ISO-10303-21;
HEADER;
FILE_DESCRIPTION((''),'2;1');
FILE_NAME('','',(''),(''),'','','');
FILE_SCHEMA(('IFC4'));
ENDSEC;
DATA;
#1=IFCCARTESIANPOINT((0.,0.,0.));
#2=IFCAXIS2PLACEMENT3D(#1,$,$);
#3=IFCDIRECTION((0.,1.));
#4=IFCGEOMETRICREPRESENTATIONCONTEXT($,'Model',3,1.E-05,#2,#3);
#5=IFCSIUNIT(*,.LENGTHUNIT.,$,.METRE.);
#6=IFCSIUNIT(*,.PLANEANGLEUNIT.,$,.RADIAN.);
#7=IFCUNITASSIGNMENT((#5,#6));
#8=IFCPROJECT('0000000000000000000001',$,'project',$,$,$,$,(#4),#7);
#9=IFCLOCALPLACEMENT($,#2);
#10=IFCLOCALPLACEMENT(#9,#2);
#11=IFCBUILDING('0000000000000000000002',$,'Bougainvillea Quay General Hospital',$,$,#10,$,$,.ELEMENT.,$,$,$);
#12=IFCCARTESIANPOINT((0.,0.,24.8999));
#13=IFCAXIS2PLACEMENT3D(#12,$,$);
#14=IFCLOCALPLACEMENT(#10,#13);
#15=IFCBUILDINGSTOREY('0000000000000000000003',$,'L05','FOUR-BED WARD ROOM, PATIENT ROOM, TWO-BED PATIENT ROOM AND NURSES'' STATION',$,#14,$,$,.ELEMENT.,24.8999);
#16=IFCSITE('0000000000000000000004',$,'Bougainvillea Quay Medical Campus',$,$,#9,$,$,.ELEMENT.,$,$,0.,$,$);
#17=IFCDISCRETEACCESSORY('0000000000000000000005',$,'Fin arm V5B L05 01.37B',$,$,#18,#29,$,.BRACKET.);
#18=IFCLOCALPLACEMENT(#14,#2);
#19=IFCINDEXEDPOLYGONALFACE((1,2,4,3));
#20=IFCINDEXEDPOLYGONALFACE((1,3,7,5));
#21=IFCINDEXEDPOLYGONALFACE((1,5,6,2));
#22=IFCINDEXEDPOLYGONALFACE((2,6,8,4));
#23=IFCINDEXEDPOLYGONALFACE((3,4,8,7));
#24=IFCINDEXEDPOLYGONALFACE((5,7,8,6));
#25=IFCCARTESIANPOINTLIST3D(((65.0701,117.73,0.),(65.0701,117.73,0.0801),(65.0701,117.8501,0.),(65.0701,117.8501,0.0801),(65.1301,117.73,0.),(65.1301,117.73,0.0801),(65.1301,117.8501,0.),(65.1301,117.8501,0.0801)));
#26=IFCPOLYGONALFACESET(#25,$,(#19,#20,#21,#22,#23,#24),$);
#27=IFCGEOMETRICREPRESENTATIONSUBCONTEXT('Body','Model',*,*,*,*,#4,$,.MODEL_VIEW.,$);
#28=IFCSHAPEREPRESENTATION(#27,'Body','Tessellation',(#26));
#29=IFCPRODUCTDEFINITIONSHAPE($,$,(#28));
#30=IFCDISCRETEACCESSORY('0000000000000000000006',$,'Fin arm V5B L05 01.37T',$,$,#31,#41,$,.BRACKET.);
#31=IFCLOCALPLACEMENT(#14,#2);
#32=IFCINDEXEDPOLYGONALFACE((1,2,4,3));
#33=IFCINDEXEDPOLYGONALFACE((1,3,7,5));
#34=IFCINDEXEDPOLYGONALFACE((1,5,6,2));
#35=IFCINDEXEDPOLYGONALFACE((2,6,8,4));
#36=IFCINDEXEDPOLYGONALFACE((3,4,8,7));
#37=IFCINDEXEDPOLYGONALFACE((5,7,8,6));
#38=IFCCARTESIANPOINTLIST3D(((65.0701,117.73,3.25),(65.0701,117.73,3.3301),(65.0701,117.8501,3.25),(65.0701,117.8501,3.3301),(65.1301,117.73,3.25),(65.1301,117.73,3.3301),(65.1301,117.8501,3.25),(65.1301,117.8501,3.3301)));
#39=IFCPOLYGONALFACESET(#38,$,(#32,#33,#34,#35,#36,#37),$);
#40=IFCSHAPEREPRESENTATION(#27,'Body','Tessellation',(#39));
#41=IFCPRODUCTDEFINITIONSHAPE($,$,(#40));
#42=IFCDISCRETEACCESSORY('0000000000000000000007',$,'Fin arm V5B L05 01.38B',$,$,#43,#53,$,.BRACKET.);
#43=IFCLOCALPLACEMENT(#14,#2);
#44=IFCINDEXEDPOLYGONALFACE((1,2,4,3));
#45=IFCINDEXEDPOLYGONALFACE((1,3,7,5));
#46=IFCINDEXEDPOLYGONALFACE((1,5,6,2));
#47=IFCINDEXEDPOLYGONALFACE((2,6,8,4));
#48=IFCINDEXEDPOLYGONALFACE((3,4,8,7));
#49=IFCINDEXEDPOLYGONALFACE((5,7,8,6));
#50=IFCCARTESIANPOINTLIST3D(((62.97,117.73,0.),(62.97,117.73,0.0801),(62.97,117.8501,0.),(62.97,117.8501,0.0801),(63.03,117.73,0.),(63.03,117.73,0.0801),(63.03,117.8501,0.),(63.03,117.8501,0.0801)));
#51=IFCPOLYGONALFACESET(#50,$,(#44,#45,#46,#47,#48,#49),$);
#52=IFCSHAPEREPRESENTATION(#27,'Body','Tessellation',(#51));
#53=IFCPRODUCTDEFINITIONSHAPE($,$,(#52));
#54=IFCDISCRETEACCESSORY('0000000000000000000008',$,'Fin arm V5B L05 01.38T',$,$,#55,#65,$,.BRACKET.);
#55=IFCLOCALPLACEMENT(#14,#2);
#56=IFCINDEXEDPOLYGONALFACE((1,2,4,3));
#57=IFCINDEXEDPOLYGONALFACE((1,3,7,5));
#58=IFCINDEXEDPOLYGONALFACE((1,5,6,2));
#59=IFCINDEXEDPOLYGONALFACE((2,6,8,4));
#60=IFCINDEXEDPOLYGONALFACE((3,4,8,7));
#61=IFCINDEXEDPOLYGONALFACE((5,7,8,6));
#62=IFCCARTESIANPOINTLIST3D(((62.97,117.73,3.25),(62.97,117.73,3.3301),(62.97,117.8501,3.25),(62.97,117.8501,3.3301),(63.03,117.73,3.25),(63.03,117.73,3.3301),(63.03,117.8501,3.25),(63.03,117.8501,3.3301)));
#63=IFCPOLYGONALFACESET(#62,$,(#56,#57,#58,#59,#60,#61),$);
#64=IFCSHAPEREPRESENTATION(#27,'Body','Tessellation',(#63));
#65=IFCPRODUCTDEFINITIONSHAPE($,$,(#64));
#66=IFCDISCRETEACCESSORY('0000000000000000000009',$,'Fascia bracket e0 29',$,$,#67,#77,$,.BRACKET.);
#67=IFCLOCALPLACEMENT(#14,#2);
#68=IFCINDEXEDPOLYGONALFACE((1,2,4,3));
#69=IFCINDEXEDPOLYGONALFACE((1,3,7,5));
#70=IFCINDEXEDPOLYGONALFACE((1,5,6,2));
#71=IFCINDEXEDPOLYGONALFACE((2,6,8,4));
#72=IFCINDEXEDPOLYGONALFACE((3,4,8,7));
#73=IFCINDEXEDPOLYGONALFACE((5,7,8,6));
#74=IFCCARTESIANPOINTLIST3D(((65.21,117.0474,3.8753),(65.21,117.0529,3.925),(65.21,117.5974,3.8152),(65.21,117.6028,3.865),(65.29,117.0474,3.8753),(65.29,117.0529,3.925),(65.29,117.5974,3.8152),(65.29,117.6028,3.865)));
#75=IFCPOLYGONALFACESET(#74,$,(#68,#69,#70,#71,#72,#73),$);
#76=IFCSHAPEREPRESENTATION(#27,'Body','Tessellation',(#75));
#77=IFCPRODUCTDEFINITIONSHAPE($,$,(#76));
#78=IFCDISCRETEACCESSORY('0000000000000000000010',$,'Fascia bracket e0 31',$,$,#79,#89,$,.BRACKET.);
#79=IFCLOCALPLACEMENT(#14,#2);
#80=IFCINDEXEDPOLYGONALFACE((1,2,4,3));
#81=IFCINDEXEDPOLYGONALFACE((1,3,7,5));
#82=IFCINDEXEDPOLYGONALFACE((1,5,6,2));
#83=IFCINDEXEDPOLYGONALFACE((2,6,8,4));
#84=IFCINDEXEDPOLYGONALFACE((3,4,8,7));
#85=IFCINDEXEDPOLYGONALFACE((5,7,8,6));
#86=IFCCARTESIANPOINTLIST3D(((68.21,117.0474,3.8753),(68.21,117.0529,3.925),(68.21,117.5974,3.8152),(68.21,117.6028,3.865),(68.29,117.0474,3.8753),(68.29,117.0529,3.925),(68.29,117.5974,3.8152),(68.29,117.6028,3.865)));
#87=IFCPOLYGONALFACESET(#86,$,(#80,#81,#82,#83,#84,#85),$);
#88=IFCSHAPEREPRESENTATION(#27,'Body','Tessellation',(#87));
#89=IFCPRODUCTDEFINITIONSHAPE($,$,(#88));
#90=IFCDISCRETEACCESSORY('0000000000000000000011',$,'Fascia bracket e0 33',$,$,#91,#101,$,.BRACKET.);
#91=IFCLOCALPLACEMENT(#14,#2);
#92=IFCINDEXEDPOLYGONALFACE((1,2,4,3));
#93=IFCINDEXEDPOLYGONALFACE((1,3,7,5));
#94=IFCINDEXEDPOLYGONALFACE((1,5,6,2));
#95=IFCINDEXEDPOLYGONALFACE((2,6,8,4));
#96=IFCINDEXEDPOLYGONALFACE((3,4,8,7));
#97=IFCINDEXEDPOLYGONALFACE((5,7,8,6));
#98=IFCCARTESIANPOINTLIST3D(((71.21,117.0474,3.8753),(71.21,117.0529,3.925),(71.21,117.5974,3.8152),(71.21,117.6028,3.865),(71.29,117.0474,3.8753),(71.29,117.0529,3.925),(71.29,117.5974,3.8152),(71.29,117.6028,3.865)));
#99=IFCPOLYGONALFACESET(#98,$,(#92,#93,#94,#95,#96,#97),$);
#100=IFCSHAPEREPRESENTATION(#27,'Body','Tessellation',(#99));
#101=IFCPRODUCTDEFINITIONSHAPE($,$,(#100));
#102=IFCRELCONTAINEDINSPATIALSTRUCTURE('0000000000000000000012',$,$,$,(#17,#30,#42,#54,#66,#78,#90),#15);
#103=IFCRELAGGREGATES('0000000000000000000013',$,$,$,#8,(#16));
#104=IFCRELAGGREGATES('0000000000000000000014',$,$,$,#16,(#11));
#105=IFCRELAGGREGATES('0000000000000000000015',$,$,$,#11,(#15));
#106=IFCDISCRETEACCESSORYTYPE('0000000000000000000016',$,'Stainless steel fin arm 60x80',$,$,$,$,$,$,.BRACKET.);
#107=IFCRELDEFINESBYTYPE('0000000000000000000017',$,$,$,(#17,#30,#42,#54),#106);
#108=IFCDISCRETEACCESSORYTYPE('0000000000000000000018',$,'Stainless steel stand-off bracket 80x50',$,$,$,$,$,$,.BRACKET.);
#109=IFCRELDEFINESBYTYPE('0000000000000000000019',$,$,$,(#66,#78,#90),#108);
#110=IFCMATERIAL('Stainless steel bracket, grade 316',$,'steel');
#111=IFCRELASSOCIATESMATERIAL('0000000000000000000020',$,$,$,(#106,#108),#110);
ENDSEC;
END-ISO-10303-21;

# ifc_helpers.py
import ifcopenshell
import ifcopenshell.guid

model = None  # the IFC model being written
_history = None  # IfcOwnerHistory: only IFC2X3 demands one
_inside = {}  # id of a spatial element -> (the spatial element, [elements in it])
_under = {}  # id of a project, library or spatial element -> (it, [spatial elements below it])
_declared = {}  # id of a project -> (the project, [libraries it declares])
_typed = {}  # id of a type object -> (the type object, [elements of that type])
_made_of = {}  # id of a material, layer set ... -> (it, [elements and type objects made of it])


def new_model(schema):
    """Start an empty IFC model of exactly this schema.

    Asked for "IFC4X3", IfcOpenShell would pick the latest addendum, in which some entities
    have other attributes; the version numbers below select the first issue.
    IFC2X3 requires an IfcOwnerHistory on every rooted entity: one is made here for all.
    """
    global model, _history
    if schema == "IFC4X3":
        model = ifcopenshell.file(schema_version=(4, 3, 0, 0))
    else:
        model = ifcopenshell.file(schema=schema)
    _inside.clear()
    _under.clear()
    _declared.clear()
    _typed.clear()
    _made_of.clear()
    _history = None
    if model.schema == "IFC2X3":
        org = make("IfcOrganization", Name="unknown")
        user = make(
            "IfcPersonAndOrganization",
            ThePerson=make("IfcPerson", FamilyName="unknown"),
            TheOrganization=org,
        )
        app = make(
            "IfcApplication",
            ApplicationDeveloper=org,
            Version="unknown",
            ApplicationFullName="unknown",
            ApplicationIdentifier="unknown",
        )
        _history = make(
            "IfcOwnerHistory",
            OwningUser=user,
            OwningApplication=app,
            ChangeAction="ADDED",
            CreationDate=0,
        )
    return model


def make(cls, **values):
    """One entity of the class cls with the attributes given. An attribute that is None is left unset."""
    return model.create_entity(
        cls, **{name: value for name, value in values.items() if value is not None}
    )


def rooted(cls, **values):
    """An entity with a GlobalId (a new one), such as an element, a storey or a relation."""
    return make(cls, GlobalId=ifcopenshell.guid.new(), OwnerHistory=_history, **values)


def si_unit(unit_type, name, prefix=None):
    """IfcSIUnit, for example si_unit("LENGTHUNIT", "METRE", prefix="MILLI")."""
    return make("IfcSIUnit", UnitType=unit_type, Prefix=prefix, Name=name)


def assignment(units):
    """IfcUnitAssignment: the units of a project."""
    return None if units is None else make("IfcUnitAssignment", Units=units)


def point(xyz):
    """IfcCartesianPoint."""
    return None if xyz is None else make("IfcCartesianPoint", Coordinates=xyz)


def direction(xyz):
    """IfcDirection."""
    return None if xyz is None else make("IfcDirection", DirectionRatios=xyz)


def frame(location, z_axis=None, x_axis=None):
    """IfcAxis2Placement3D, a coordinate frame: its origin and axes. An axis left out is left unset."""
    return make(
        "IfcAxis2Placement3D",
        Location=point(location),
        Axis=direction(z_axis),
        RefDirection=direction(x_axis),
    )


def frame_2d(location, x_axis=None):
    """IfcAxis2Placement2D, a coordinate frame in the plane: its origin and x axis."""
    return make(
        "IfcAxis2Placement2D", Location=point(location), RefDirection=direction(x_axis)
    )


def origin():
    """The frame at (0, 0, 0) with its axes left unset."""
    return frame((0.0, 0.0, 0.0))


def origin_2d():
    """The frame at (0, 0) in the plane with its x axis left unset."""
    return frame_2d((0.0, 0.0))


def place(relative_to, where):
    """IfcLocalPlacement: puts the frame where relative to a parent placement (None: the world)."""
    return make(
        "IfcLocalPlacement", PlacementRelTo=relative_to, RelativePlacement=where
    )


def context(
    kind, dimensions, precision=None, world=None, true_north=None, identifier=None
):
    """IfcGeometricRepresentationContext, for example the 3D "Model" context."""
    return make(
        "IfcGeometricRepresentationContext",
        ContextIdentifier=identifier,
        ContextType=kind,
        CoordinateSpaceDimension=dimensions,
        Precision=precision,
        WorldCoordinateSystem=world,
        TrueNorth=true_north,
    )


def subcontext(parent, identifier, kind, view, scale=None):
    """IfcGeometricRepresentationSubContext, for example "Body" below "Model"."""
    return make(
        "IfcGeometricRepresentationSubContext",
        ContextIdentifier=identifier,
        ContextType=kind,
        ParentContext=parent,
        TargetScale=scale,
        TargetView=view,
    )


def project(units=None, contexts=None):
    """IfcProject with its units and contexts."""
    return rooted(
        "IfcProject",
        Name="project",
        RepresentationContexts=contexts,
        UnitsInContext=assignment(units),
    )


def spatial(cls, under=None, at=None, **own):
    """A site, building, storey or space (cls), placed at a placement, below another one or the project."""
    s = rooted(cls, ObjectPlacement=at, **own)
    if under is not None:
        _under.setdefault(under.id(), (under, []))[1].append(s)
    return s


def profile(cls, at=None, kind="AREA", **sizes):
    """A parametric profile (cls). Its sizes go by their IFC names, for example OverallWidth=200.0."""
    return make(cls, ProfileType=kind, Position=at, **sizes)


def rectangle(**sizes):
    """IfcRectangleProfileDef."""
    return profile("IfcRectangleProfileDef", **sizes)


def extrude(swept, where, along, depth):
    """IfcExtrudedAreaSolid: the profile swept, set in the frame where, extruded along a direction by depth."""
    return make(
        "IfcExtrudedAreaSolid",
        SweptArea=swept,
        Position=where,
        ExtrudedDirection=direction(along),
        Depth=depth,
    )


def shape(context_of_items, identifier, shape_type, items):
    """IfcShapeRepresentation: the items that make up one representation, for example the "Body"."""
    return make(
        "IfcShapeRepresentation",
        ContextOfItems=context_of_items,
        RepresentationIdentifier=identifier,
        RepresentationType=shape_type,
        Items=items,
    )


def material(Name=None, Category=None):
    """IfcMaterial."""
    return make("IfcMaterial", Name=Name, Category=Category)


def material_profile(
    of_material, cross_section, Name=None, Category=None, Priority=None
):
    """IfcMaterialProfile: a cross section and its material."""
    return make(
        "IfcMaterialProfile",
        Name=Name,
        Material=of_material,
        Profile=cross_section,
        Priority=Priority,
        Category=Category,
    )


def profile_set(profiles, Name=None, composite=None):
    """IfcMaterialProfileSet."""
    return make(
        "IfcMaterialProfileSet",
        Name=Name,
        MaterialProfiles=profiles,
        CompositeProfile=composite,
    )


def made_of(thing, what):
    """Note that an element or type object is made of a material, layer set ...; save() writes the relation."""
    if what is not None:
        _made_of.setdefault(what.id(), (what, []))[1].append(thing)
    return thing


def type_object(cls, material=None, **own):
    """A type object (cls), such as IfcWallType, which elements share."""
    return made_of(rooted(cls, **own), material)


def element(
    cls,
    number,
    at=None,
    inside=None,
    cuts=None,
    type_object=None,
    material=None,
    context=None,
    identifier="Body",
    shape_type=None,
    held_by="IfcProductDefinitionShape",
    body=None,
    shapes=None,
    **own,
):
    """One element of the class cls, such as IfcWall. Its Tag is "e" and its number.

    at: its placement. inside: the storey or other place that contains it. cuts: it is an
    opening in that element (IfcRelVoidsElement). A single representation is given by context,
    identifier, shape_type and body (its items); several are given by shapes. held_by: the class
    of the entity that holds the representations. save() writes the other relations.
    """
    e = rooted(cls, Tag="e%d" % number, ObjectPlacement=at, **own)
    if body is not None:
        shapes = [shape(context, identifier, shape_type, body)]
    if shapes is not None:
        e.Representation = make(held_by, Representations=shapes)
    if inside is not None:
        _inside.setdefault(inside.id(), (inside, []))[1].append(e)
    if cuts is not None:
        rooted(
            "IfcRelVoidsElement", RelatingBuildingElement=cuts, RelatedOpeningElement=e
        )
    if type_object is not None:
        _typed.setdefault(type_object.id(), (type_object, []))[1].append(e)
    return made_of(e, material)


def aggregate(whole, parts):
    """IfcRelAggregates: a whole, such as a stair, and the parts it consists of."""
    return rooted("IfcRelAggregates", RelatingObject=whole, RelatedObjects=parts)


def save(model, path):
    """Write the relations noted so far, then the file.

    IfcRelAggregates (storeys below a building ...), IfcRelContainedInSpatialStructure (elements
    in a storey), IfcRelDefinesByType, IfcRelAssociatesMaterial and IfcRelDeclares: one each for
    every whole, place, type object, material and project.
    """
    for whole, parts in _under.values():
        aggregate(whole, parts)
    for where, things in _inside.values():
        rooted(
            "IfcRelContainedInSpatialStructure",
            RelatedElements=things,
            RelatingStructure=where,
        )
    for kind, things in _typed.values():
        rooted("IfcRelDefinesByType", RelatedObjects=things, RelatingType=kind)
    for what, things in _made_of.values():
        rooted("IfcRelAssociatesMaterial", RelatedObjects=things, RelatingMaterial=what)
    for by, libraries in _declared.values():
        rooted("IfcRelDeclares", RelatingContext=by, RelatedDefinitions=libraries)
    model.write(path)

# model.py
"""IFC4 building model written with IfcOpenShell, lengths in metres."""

from ifc_helpers import new_model, si_unit, direction, frame, origin, origin_2d, place, context, subcontext, project, spatial, rectangle, extrude, material, material_profile, profile_set, type_object, element, save


model = new_model("IFC4")

# Units and contexts
model_context = context("Model", 3, precision=1e-05, world=origin(), true_north=direction((0.0, 1.0)))
body_context = subcontext(model_context, "Body", "Model", "MODEL_VIEW")
ifc_project = project(units=[si_unit("LENGTHUNIT", "METRE"), si_unit("PLANEANGLEUNIT", "RADIAN")], contexts=[model_context])

# Site, building, storey
site_placement = place(None, origin())
site = spatial("IfcSite", under=ifc_project, at=site_placement, Name="Bougainvillea Quay Medical Campus", CompositionType="ELEMENT", RefElevation=0.0)
building_placement = place(site_placement, origin())
building = spatial("IfcBuilding", under=site, at=building_placement, Name="Bougainvillea Quay General Hospital", CompositionType="ELEMENT")
storey_placement = place(building_placement, frame((0.0, 0.0, 24.8999)))
storey = spatial("IfcBuildingStorey", under=building, at=storey_placement, Name="L05", Description="FOUR-BED WARD ROOM, PATIENT ROOM, TWO-BED PATIENT ROOM AND NURSES' STATION", CompositionType="ELEMENT", Elevation=24.8999)

# Discrete accessories
ifc_material_1 = material(Name="Stainless steel bracket, grade 316", Category="steel")
discrete_accessory_type_1 = type_object("IfcDiscreteAccessoryType", Name="Stainless steel fin arm 60x80", PredefinedType="BRACKET", material=ifc_material_1)
for number, where, z_axis, x_axis, name in (
    (1, (65.1001, 117.79, 0.0), (0.0, 0.0, 1.0), (0.0, -1.0, 0.0), "Fin arm V5B L05 01.37B"),
    (2, (65.1001, 117.79, 3.25), (0.0, 0.0, 1.0), (0.0, -1.0, 0.0), "Fin arm V5B L05 01.37T"),
    (3, (63.0, 117.79, 0.0), (0.0, 0.0, 1.0), (0.0, -1.0, 0.0), "Fin arm V5B L05 01.38B"),
    (4, (63.0, 117.79, 3.25), (0.0, 0.0, 1.0), (0.0, -1.0, 0.0), "Fin arm V5B L05 01.38T"),
):
    element("IfcDiscreteAccessory", number, at=place(storey_placement, frame(where, z_axis=z_axis, x_axis=x_axis)), inside=storey, type_object=discrete_accessory_type_1, Name=name, PredefinedType="BRACKET", context=body_context, shape_type="SweptSolid", body=[
        extrude(rectangle(XDim=0.1201, YDim=0.0601, at=origin_2d()), origin(), (0.0, 0.0, 1.0), 0.0801),
    ])
ifc_material_profile_1 = material_profile(ifc_material_1, rectangle(XDim=0.0801, YDim=0.05, at=origin_2d()))
ifc_profile_set_1 = profile_set([ifc_material_profile_1], Name="Stainless steel bracket, grade 316")
discrete_accessory_type_2 = type_object("IfcDiscreteAccessoryType", Name="Stainless steel stand-off bracket 80x50", PredefinedType="BRACKET", material=ifc_profile_set_1)
for number, where, z_axis, x_axis, name in (
    (5, (65.25, 117.6001, 3.8401), (0.0, -0.994092, 0.108543), (1.0, 0.0, 0.0), "Fascia bracket e0 29"),
    (6, (68.25, 117.6001, 3.8401), (0.0, -0.994092, 0.108543), (1.0, 0.0, 0.0), "Fascia bracket e0 31"),
    (7, (71.25, 117.6001, 3.8401), (0.0, -0.994092, 0.108543), (1.0, 0.0, 0.0), "Fascia bracket e0 33"),
):
    element("IfcDiscreteAccessory", number, at=place(storey_placement, frame(where, z_axis=z_axis, x_axis=x_axis)), inside=storey, type_object=discrete_accessory_type_2, Name=name, PredefinedType="BRACKET", context=body_context, shape_type="SweptSolid", body=[
        extrude(rectangle(XDim=0.0801, YDim=0.05, at=origin_2d()), origin(), (0.0, 0.0, 1.0), 0.5532),
    ])

save(model, "model.ifc")
